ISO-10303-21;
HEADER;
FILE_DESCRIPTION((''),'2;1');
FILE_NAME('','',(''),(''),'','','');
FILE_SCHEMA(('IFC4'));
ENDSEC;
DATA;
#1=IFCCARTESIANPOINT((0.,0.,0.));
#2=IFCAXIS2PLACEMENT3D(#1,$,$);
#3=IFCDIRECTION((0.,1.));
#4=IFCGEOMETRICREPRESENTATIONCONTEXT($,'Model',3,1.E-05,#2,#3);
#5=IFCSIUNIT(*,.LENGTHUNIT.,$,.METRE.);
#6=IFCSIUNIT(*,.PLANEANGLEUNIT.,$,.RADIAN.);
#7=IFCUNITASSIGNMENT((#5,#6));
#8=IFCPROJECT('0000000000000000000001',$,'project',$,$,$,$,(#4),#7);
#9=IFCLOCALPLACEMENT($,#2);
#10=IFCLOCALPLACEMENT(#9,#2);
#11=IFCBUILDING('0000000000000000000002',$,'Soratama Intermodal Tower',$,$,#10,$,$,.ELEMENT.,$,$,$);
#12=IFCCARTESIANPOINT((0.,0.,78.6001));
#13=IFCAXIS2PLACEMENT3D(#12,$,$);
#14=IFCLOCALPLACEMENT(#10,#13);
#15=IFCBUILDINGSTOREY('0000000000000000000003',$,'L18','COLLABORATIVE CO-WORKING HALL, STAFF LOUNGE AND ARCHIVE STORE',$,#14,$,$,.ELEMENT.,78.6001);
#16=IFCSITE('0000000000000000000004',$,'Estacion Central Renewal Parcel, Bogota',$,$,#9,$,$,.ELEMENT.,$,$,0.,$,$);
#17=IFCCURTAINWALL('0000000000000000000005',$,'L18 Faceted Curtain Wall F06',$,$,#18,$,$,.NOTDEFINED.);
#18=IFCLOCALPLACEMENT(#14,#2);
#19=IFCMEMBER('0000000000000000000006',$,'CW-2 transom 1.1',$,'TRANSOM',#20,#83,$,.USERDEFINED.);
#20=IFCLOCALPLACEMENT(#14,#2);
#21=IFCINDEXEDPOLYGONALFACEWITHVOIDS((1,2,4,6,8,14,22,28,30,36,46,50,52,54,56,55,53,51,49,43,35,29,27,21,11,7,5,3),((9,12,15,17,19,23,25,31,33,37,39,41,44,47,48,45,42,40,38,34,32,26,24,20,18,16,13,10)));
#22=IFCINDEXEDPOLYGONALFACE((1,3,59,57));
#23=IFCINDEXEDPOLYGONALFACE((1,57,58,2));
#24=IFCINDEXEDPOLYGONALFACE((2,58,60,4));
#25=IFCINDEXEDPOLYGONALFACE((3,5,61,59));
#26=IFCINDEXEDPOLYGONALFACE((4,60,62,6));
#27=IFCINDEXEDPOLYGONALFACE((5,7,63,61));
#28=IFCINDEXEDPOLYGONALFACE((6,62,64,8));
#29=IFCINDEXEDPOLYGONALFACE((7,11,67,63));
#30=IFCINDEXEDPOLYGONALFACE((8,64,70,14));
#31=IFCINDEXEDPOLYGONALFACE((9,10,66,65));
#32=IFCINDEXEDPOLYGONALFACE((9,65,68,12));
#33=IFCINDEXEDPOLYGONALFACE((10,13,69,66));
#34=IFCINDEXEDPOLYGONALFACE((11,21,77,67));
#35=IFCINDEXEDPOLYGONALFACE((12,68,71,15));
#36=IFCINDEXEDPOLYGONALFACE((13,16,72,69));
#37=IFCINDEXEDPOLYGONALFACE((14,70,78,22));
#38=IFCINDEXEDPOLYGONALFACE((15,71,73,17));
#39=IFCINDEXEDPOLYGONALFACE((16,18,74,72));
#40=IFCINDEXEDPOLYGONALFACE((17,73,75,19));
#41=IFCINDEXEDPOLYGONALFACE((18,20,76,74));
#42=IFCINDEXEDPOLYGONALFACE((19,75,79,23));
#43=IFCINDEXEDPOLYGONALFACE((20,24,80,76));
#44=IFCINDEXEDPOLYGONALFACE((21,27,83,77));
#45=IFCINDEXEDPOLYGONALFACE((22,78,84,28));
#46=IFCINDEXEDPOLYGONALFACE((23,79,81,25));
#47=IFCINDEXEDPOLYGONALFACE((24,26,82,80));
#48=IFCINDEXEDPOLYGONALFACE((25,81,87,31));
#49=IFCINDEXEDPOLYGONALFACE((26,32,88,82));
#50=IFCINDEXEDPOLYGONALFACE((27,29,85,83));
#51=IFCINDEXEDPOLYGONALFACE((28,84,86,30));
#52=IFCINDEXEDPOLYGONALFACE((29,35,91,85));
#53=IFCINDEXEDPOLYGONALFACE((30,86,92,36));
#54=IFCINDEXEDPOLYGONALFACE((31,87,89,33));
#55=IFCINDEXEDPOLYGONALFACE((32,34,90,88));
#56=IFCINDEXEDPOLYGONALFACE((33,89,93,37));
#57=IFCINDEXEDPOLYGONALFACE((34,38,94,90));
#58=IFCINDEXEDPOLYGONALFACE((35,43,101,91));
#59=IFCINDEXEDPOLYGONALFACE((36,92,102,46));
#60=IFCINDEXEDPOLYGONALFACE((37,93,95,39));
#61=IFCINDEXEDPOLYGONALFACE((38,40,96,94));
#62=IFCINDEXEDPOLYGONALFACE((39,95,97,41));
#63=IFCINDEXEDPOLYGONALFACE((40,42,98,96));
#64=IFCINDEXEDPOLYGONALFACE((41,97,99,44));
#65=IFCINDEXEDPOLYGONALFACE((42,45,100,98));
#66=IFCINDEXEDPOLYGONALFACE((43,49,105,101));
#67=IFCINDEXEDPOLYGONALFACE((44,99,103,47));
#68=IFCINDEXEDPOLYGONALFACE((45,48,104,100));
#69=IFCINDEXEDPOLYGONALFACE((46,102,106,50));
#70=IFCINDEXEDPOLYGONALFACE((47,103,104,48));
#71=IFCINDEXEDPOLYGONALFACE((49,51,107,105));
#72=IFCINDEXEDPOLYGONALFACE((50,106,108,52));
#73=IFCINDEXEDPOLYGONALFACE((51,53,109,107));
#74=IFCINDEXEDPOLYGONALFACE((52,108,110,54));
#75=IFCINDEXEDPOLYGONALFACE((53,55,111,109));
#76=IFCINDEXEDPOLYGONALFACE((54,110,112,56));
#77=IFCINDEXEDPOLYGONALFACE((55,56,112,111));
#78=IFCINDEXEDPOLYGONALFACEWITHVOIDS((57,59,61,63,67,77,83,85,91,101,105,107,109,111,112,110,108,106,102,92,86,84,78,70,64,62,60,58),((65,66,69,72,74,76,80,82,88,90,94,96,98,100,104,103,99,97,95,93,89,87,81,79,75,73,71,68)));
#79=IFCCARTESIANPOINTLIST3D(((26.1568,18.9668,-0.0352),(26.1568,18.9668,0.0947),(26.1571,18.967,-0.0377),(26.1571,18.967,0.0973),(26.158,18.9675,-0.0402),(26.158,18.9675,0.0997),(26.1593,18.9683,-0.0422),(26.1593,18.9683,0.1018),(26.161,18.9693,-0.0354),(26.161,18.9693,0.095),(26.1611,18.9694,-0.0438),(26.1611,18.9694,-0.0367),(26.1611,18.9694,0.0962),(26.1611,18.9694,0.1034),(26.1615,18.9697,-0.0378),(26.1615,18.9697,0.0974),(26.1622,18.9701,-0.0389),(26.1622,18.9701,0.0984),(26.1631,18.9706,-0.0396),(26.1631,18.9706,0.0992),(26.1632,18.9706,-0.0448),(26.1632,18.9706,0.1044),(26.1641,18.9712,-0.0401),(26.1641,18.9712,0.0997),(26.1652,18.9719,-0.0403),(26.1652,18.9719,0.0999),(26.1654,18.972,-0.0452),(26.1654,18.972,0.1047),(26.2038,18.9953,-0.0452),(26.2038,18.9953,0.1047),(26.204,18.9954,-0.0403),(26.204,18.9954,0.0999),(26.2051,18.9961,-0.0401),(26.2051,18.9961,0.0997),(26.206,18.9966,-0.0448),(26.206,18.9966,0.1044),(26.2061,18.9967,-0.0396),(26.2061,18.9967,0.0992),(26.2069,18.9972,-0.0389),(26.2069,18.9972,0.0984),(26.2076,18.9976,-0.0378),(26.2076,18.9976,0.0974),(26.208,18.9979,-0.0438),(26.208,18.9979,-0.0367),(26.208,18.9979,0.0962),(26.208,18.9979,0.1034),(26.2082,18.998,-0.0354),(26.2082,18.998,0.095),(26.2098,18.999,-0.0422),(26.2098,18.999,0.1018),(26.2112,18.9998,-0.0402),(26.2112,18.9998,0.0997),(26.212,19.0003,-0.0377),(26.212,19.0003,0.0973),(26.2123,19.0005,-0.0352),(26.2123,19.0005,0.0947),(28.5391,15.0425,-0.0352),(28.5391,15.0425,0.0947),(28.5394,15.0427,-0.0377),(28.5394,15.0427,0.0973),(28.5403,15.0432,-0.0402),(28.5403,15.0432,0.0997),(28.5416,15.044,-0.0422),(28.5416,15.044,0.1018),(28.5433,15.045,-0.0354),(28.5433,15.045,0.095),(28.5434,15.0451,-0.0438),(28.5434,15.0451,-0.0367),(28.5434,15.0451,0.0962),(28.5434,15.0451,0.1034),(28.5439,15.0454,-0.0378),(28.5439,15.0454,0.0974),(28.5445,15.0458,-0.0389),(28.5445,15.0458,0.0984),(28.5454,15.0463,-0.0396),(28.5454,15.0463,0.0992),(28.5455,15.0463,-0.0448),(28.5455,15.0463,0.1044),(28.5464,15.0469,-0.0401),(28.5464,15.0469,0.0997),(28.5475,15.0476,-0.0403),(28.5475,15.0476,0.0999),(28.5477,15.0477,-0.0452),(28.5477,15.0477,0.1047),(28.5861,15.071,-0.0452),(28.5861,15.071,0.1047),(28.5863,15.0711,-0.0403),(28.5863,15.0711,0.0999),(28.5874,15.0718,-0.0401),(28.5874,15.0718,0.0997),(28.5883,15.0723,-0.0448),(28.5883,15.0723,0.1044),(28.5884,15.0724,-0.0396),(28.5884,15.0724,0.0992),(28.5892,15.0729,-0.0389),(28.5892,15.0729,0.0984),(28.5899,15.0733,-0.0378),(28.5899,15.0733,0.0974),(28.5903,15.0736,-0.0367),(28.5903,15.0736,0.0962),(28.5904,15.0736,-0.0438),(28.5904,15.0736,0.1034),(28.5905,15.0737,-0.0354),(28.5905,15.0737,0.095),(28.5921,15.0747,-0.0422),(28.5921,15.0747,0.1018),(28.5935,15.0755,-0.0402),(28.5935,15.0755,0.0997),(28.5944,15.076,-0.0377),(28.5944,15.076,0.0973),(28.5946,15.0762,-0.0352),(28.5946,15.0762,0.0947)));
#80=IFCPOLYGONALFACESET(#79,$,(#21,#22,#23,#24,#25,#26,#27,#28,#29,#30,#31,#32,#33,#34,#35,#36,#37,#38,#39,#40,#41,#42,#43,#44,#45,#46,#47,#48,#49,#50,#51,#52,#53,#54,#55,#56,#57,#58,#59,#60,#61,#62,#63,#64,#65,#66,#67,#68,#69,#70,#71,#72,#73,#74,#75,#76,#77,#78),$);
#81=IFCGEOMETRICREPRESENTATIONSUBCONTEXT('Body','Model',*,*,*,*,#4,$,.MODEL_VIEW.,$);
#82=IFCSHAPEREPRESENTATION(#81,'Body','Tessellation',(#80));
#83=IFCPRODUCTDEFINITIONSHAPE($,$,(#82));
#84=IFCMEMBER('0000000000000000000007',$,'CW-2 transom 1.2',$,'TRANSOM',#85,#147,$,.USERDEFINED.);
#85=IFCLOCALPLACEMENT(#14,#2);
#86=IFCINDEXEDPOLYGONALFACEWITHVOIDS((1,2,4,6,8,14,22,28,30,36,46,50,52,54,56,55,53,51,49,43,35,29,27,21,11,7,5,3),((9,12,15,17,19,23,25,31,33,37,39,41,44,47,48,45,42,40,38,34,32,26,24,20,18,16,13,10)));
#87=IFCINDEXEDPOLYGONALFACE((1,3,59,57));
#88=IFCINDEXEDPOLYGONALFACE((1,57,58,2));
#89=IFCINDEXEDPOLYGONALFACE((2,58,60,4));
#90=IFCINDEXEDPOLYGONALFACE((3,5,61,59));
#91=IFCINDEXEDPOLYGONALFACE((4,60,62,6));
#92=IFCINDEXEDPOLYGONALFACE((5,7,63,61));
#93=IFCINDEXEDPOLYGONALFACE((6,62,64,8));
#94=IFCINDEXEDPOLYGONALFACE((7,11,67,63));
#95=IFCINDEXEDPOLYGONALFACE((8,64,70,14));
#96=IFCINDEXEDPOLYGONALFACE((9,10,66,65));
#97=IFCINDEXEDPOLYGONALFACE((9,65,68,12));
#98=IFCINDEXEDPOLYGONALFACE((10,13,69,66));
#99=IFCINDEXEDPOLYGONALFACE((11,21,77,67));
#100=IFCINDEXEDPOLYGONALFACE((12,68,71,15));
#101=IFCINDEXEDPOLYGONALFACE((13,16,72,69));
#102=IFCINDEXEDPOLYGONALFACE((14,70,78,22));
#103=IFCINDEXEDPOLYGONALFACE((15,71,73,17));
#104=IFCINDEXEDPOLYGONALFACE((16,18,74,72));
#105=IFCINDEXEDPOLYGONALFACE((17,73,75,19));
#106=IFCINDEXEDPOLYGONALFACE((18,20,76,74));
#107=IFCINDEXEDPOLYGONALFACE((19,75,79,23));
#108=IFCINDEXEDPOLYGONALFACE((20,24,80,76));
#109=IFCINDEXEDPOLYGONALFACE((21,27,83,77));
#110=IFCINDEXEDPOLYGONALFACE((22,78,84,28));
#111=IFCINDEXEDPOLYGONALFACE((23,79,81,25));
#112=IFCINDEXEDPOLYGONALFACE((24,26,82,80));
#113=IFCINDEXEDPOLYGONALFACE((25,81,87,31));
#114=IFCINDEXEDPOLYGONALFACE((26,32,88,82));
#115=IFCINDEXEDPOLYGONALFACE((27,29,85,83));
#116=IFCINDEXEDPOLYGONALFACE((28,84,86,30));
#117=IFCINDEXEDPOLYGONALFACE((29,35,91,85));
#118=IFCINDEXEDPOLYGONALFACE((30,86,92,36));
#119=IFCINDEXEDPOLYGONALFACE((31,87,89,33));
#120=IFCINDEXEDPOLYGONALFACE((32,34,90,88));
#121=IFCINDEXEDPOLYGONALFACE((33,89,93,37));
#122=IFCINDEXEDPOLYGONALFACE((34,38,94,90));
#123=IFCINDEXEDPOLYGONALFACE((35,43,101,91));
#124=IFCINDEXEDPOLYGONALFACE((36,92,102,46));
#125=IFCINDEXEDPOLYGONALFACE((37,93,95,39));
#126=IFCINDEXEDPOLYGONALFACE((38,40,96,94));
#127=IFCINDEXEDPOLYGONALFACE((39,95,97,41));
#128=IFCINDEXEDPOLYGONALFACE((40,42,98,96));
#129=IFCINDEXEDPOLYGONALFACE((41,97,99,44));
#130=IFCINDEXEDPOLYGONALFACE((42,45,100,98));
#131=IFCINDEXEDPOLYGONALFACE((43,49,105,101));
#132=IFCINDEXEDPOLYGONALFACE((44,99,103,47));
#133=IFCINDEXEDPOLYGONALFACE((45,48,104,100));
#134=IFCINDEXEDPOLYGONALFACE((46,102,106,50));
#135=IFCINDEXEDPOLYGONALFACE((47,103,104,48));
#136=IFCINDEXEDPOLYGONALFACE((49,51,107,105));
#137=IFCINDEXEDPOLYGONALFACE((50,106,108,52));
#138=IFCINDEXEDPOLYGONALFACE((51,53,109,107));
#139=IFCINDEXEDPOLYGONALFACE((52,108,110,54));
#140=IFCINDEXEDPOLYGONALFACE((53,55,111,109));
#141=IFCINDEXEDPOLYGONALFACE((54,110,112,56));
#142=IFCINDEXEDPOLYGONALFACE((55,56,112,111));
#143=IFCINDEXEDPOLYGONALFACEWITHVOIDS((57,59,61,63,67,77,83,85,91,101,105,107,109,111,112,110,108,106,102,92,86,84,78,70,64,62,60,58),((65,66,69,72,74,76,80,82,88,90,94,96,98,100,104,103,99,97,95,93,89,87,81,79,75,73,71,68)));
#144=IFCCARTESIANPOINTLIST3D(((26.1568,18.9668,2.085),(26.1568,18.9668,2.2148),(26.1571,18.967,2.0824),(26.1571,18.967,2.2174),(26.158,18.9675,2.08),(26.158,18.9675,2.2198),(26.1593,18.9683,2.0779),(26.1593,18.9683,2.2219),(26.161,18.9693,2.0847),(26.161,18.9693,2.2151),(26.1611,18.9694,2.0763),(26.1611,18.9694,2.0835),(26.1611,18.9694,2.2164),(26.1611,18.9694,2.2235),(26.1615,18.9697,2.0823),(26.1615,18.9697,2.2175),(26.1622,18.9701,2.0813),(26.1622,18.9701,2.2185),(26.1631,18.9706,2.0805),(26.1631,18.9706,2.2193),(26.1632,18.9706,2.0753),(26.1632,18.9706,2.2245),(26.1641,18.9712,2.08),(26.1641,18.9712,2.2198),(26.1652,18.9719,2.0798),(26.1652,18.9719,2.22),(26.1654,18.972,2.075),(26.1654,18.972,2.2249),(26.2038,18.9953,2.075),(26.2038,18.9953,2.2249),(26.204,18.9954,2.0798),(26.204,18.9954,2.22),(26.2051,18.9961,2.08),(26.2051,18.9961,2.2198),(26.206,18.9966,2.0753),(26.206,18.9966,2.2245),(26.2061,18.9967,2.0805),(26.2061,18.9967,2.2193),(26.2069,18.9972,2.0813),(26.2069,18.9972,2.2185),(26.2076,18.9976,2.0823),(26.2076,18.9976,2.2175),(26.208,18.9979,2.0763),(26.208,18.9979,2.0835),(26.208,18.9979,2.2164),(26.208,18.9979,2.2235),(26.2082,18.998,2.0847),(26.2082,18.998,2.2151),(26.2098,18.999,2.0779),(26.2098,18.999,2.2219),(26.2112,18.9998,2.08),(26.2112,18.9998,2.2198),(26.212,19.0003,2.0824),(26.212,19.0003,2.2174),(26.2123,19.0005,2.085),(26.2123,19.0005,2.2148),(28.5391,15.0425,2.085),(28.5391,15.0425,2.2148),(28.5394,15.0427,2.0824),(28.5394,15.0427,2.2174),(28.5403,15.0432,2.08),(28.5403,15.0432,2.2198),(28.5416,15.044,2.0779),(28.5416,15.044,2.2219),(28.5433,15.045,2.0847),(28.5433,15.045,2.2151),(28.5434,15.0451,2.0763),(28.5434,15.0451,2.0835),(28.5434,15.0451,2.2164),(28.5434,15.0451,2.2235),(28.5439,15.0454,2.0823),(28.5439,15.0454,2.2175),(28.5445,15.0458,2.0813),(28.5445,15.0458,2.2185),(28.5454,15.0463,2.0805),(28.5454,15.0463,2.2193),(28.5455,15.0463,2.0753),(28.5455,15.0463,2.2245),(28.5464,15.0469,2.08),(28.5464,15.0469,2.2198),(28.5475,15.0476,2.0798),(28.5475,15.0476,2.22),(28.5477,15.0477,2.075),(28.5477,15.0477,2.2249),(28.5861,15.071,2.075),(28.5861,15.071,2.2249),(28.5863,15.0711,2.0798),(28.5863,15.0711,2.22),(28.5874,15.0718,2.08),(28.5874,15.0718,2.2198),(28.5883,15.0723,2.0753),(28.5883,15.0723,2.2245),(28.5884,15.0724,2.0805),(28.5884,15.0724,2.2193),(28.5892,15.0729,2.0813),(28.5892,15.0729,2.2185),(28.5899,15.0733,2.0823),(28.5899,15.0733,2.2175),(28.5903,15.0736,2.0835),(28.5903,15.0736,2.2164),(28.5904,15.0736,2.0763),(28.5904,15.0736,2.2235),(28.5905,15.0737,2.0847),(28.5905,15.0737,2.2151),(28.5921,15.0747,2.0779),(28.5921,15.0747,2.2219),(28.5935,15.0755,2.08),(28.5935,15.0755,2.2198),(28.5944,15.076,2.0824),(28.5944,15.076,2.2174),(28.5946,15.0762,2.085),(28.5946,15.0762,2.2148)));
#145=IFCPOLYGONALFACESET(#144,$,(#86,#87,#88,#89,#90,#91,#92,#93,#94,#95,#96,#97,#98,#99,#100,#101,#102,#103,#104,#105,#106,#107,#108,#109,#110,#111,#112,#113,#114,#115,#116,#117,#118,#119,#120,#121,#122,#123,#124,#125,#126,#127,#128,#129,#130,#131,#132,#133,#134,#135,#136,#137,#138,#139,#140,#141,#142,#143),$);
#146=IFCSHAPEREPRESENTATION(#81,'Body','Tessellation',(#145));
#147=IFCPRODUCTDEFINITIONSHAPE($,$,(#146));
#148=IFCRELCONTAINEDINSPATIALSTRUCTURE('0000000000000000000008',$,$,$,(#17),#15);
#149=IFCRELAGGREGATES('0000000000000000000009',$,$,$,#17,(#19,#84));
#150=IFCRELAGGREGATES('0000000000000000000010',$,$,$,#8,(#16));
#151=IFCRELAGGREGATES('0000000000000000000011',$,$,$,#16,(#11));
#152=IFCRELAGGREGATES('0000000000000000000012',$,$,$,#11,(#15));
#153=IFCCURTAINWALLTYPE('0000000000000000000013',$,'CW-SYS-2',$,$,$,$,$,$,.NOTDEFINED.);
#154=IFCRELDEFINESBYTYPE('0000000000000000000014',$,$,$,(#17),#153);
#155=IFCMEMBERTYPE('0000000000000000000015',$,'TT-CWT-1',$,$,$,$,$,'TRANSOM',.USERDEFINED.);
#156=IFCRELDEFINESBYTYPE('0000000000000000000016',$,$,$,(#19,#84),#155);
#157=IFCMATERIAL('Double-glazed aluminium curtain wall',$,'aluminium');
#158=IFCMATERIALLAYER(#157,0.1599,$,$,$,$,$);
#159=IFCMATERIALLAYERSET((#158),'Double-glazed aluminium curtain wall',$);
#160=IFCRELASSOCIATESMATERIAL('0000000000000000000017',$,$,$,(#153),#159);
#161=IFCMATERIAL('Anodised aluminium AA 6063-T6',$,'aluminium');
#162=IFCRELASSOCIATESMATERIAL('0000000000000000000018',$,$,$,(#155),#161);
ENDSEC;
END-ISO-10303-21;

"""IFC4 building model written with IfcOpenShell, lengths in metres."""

from ifc_helpers import new_model, si_unit, direction, frame, origin, origin_2d, place, context, subcontext, project, spatial, hollow_rectangle, extrude, material, layer, layer_set, material_profile, profile_set, type_object, element, aggregate, save


model = new_model("IFC4")

# Units and contexts
model_context = context("Model", 3, precision=1e-05, world=origin(), true_north=direction((0.0, 1.0)))
body_context = subcontext(model_context, "Body", "Model", "MODEL_VIEW")
ifc_project = project(units=[si_unit("LENGTHUNIT", "METRE"), si_unit("PLANEANGLEUNIT", "RADIAN")], contexts=[model_context])

# Site, building, storey
site_placement = place(None, origin())
site = spatial("IfcSite", under=ifc_project, at=site_placement, Name="Estacion Central Renewal Parcel, Bogota", CompositionType="ELEMENT", RefElevation=0.0)
building_placement = place(site_placement, origin())
building = spatial("IfcBuilding", under=site, at=building_placement, Name="Soratama Intermodal Tower", CompositionType="ELEMENT")
storey_placement = place(building_placement, frame((0.0, 0.0, 78.6001)))
storey = spatial("IfcBuildingStorey", under=building, at=storey_placement, Name="L18", Description="COLLABORATIVE CO-WORKING HALL, STAFF LOUNGE AND ARCHIVE STORE", CompositionType="ELEMENT", Elevation=78.6001)

# Shared definitions
ifc_material_1 = material(Name="Double-glazed aluminium curtain wall", Category="aluminium")
ifc_layer_1 = layer(ifc_material_1, 0.1599)
ifc_layer_set_1 = layer_set([ifc_layer_1], Name="Double-glazed aluminium curtain wall")
curtain_wall_type = type_object("IfcCurtainWallType", Name="CW-SYS-2", PredefinedType="NOTDEFINED", material=ifc_layer_set_1)

# Curtain wall, members
curtain_wall_1_placement = place(storey_placement, origin())
curtain_wall_1 = element("IfcCurtainWall", 1, at=curtain_wall_1_placement, inside=storey, type_object=curtain_wall_type, Name="L18 Faceted Curtain Wall F06", PredefinedType="NOTDEFINED")
ifc_material_2 = material(Name="Anodised aluminium AA 6063-T6", Category="aluminium")
ifc_material_profile_1 = material_profile(ifc_material_2, hollow_rectangle(XDim=0.0649, YDim=0.1499, WallThickness=0.0049, InnerFilletRadius=0.0049, OuterFilletRadius=0.01, at=origin_2d()), Name="CWT150X65X5")
ifc_profile_set_1 = profile_set([ifc_material_profile_1], Name="Anodised aluminium AA 6063-T6")
member_type_1 = type_object("IfcMemberType", Name="TT-CWT-1", ElementType="TRANSOM", PredefinedType="USERDEFINED", material=ifc_profile_set_1)
member_1_placement = place(storey_placement, frame((26.1846, 18.9836, 0.0298), z_axis=(0.518931, -0.854816, 0.0), x_axis=(0.854816, 0.518931, 0.0)))
member_1 = element("IfcMember", 2, at=member_1_placement, type_object=member_type_1, Name="CW-2 transom 1.1", ObjectType="TRANSOM", PredefinedType="USERDEFINED", context=body_context, shape_type="SweptSolid", body=[
    extrude(hollow_rectangle(XDim=0.0649, YDim=0.1499, WallThickness=0.0049, InnerFilletRadius=0.0049, OuterFilletRadius=0.01, at=origin_2d()), origin(), (0.0, 0.0, 1.0), 4.5908),
])
member_2_placement = place(storey_placement, frame((26.1846, 18.9836, 2.1499), z_axis=(0.518931, -0.854816, 0.0), x_axis=(0.854816, 0.518931, 0.0)))
member_2 = element("IfcMember", 3, at=member_2_placement, type_object=member_type_1, Name="CW-2 transom 1.2", ObjectType="TRANSOM", PredefinedType="USERDEFINED", context=body_context, shape_type="SweptSolid", body=[
    extrude(hollow_rectangle(XDim=0.0649, YDim=0.1499, WallThickness=0.0049, InnerFilletRadius=0.0049, OuterFilletRadius=0.01, at=origin_2d()), origin(), (0.0, 0.0, 1.0), 4.5908),
])
aggregate(curtain_wall_1, [member_1, member_2])

save(model, "model.ifc")
